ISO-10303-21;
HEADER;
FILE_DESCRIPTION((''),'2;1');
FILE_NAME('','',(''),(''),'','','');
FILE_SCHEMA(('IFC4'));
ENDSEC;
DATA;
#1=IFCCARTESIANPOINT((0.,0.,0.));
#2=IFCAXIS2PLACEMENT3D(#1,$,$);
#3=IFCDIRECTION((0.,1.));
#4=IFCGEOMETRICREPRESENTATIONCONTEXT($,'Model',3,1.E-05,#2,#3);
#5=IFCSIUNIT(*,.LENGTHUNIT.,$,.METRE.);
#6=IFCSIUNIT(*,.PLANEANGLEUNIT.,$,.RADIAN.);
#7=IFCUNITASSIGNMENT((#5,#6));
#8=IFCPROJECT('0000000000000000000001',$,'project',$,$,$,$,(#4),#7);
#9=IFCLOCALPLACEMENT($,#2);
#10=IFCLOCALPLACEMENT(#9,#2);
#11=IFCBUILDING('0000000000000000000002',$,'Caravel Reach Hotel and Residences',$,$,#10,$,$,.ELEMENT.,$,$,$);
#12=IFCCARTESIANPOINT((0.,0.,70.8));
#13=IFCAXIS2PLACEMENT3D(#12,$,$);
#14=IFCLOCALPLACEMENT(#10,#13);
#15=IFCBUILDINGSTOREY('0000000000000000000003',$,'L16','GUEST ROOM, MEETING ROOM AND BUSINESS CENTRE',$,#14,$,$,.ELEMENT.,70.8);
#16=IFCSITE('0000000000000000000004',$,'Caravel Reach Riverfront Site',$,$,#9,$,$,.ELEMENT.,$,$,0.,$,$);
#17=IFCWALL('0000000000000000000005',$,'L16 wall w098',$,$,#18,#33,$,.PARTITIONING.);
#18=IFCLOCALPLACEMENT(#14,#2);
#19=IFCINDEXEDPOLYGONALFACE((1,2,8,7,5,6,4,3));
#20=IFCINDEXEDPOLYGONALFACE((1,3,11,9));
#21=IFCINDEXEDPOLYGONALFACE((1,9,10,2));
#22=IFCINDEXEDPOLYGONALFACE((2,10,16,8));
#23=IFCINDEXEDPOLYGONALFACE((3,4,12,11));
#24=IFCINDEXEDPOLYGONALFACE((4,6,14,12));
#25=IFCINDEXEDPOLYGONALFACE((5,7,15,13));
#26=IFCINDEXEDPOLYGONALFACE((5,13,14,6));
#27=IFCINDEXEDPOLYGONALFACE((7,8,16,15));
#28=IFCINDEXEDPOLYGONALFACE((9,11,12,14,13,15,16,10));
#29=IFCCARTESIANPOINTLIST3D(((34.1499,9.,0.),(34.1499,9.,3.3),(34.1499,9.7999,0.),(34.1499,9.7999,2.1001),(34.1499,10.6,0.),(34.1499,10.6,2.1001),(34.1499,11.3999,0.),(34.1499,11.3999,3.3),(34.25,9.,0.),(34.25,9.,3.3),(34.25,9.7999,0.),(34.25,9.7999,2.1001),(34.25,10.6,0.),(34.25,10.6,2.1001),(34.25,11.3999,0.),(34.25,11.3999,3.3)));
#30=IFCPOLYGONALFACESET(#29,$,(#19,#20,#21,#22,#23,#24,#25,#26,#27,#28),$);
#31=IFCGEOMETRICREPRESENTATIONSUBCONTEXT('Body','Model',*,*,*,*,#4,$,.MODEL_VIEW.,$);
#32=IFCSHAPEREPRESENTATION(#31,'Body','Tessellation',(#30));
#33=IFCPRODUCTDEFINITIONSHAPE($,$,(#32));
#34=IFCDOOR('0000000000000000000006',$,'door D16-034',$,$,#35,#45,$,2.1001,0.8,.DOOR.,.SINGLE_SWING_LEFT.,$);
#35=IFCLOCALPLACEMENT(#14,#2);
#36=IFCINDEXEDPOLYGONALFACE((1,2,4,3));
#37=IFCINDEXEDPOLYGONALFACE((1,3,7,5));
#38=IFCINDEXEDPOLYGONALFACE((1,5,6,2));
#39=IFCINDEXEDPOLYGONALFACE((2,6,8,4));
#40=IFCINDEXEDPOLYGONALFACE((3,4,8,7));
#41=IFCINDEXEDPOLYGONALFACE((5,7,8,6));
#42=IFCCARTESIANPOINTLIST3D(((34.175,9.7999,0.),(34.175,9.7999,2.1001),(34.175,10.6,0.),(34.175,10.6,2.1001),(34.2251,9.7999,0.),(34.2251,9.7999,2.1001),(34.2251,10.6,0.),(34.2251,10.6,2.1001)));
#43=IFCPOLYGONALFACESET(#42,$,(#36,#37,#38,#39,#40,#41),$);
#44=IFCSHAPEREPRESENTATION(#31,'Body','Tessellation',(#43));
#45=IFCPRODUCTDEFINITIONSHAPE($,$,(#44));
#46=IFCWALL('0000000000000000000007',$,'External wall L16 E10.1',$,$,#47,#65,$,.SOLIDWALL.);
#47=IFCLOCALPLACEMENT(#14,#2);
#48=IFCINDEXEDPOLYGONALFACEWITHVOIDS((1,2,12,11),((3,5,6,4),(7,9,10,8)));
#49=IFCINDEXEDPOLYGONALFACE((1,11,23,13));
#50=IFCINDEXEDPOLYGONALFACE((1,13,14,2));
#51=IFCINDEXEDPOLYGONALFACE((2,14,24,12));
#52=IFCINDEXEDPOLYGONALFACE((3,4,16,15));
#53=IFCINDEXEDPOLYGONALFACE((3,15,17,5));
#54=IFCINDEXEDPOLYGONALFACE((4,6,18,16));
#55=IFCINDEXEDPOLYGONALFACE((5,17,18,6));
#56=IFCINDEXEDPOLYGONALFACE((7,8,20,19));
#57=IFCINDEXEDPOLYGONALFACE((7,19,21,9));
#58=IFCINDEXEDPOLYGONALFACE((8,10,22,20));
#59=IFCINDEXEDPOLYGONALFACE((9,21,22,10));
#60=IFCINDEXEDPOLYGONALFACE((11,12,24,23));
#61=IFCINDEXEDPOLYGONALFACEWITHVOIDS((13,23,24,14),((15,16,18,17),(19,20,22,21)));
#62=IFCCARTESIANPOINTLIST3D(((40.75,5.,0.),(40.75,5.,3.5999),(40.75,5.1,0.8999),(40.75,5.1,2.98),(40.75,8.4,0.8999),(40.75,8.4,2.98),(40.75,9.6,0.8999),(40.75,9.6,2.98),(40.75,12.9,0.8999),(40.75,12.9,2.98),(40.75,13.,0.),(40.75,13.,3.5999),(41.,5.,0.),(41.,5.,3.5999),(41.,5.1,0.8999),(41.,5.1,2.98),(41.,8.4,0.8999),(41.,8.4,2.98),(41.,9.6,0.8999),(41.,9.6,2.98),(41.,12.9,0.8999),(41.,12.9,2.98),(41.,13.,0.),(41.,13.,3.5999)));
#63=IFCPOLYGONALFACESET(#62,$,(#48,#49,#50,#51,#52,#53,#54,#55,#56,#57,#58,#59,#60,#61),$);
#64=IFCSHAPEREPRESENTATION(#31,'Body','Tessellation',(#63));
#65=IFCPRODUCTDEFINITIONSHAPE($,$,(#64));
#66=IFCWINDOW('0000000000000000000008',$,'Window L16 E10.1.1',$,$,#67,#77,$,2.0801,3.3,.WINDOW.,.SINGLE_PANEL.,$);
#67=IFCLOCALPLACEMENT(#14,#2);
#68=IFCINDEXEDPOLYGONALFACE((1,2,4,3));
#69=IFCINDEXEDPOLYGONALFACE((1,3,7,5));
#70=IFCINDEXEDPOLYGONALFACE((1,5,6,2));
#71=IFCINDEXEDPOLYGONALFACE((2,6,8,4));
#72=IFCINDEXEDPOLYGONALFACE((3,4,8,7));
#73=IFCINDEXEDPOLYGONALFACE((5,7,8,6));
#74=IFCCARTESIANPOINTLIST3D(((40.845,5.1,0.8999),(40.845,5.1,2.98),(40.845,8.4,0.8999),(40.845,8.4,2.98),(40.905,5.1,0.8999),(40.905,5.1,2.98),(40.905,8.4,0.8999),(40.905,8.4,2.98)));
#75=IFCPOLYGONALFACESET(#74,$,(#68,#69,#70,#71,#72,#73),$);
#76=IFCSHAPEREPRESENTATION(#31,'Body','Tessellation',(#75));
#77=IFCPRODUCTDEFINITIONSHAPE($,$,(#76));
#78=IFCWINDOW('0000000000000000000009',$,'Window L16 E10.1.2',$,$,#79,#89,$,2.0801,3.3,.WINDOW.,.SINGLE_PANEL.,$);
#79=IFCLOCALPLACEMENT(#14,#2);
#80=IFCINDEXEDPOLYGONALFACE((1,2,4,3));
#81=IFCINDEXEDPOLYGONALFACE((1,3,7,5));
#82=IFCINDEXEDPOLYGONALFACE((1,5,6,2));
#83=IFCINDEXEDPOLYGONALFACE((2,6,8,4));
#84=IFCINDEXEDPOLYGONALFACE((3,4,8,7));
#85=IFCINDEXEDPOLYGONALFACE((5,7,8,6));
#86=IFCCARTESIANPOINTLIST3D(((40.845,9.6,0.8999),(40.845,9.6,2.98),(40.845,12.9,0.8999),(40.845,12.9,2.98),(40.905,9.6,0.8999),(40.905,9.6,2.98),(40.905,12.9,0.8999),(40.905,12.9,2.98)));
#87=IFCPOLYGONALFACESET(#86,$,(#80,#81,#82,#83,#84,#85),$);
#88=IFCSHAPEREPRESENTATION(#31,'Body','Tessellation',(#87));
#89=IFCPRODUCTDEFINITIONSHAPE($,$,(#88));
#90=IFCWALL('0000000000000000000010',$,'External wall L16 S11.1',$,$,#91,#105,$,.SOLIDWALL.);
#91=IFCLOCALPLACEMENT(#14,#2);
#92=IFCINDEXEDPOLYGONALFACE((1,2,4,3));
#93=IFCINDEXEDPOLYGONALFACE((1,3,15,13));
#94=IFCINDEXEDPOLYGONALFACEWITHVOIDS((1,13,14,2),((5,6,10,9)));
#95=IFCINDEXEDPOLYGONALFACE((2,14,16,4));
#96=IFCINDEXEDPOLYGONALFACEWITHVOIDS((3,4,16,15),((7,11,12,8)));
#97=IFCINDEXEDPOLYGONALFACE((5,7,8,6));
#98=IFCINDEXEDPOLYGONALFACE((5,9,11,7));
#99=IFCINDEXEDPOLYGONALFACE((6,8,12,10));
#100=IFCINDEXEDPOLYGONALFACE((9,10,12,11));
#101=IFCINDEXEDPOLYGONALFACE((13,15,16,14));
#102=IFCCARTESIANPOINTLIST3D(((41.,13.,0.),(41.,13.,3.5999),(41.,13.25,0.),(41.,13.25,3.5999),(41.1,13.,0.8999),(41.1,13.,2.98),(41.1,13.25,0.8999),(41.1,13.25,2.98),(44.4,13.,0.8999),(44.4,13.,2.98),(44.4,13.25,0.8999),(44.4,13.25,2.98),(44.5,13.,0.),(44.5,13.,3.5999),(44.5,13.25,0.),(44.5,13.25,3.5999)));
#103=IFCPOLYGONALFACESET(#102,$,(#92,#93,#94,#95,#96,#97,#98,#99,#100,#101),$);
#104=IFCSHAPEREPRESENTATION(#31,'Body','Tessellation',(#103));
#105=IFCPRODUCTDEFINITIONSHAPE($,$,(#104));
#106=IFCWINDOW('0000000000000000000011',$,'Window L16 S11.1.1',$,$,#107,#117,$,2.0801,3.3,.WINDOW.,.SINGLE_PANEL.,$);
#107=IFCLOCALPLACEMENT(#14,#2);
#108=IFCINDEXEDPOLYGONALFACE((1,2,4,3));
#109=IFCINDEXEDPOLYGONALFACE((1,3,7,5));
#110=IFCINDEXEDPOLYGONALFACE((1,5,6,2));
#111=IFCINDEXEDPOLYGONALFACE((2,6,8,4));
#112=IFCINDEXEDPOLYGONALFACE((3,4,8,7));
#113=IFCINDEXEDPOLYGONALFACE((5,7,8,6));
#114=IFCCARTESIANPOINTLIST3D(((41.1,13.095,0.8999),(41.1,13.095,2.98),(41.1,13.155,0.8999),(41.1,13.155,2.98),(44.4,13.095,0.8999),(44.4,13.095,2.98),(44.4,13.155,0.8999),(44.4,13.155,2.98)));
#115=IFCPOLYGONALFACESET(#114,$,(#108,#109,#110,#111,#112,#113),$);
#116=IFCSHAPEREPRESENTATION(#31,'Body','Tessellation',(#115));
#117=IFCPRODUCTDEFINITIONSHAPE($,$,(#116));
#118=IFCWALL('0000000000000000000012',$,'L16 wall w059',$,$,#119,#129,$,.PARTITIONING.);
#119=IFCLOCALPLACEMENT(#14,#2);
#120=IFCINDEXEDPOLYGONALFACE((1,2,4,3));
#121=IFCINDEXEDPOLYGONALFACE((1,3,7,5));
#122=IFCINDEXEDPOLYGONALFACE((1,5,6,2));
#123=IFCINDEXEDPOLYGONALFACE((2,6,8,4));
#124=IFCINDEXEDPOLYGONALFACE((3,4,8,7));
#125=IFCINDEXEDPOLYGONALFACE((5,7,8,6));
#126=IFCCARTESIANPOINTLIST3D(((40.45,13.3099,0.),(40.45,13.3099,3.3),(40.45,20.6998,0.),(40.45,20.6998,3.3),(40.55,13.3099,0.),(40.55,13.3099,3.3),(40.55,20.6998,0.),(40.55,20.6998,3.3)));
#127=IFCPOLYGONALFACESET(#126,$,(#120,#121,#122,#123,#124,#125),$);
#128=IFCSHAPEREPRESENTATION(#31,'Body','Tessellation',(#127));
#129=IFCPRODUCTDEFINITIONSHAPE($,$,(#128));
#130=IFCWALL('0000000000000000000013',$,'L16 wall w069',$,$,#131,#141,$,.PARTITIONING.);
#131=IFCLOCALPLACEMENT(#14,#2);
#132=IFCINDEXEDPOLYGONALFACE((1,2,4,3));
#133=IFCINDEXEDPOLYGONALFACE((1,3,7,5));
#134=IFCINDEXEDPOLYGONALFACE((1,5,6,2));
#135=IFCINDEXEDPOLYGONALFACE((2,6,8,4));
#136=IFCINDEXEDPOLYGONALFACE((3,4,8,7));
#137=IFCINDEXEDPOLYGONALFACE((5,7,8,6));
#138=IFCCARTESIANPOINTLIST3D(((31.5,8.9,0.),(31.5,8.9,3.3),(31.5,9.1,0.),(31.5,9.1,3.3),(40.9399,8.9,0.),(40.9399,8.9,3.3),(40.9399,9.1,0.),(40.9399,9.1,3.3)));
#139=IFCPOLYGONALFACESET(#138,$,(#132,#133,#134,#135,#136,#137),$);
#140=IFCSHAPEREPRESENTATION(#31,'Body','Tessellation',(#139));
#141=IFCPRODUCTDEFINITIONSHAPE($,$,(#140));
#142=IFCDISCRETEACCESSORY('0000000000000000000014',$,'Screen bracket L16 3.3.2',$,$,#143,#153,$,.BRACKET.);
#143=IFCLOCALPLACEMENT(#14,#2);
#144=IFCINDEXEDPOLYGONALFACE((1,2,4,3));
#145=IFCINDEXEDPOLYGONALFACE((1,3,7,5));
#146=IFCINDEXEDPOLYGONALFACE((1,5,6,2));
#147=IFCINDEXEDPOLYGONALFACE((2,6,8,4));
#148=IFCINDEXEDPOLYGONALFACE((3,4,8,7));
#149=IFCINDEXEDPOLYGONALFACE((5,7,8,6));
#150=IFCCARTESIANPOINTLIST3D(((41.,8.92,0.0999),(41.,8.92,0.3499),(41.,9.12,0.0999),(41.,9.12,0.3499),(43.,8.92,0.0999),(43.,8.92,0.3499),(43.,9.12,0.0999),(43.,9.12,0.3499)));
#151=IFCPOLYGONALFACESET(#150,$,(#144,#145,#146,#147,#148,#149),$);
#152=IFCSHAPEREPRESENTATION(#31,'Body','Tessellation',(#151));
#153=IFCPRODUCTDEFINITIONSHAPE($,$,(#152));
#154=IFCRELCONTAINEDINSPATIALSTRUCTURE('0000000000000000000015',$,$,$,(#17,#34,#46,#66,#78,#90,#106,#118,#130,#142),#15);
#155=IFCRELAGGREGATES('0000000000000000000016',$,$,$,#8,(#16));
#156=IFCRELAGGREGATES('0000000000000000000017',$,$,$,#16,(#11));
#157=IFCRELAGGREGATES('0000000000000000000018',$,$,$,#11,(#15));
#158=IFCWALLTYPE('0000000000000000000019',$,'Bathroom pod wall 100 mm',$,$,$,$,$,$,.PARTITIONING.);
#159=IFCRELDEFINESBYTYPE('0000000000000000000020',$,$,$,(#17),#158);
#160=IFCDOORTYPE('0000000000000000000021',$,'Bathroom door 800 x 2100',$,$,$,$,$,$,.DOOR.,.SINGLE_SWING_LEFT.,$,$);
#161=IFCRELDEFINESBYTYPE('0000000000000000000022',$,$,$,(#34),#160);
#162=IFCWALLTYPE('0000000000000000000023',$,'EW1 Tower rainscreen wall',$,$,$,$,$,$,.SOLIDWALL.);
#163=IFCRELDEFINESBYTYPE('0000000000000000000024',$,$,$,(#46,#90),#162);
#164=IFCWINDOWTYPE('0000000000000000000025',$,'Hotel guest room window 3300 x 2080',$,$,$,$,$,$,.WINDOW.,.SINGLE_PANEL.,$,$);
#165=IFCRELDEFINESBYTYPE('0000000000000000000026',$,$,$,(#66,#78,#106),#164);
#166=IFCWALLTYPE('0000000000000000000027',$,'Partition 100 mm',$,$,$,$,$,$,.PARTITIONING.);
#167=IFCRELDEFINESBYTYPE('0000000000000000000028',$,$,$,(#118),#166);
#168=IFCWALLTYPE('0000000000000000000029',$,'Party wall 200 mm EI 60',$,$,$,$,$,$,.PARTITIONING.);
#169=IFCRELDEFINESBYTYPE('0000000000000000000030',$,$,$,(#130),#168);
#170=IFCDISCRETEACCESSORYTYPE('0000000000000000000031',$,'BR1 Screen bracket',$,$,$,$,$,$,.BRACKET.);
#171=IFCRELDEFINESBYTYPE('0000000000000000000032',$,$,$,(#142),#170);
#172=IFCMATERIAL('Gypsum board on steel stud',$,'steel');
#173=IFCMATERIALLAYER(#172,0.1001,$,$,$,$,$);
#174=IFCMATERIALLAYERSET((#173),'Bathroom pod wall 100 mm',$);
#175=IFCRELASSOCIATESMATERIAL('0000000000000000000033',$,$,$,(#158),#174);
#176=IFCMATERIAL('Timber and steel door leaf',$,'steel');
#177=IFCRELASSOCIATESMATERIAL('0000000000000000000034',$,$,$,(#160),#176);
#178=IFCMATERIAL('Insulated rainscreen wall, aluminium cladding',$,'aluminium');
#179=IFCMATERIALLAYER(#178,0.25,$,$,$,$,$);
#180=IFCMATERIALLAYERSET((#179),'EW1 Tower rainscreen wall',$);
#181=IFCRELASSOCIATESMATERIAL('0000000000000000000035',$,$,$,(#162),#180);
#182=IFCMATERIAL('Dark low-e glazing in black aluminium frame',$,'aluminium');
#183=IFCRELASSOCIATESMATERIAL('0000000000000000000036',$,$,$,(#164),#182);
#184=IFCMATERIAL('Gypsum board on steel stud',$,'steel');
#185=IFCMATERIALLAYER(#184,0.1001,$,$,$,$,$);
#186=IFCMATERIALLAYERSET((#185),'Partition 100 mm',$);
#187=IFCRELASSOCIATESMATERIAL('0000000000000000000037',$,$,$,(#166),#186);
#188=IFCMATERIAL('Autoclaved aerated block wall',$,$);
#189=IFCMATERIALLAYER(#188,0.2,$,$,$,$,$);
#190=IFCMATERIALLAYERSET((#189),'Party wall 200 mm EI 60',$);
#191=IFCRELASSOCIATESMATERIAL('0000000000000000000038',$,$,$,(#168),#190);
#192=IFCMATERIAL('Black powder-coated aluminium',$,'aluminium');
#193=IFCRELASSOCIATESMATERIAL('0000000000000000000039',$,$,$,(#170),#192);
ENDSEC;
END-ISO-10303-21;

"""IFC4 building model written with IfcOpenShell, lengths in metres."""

from ifc_helpers import new_model, si_unit, direction, frame, frame_2d, origin, origin_2d, place, context, subcontext, project, spatial, rectangle, extrude, material, layer, layer_set, type_object, element, fill, save


model = new_model("IFC4")

# Units and contexts
model_context = context("Model", 3, precision=1e-05, world=origin(), true_north=direction((0.0, 1.0)))
body_context = subcontext(model_context, "Body", "Model", "MODEL_VIEW")
ifc_project = project(units=[si_unit("LENGTHUNIT", "METRE"), si_unit("PLANEANGLEUNIT", "RADIAN")], contexts=[model_context])

# Site, building, storey
site_placement = place(None, origin())
site = spatial("IfcSite", under=ifc_project, at=site_placement, Name="Caravel Reach Riverfront Site", CompositionType="ELEMENT", RefElevation=0.0)
building_placement = place(site_placement, origin())
building = spatial("IfcBuilding", under=site, at=building_placement, Name="Caravel Reach Hotel and Residences", CompositionType="ELEMENT")
storey_placement = place(building_placement, frame((0.0, 0.0, 70.8)))
storey = spatial("IfcBuildingStorey", under=building, at=storey_placement, Name="L16", Description="GUEST ROOM, MEETING ROOM AND BUSINESS CENTRE", CompositionType="ELEMENT", Elevation=70.8)

# Shared definitions
ifc_material_1 = material(Name="Gypsum board on steel stud", Category="steel")
ifc_layer_1 = layer(ifc_material_1, 0.1001)
ifc_layer_set_1 = layer_set([ifc_layer_1], Name="Bathroom pod wall 100 mm")
wall_type_1 = type_object("IfcWallType", Name="Bathroom pod wall 100 mm", PredefinedType="PARTITIONING", material=ifc_layer_set_1)

# Wall, opening, door
wall_1_placement = place(storey_placement, frame((34.2, 9.0, 0.0), z_axis=(0.0, 0.0, 1.0), x_axis=(0.0, 1.0, 0.0)))
wall_1 = element("IfcWall", 1, at=wall_1_placement, inside=storey, type_object=wall_type_1, Name="L16 wall w098", PredefinedType="PARTITIONING", context=body_context, shape_type="SweptSolid", body=[
    extrude(rectangle(XDim=2.3999, YDim=0.1001, at=frame_2d((1.2, 0.0))), origin(), (0.0, 0.0, 1.0), 3.3),
])
opening_1_placement = place(wall_1_placement, frame((0.8, 0.0, 0.0)))
opening_1 = element("IfcOpeningElement", 2, at=opening_1_placement, cuts=wall_1, PredefinedType="OPENING", context=body_context, shape_type="SweptSolid", body=[
    extrude(rectangle(XDim=0.8, YDim=2.1001, at=frame_2d((0.3999, 1.05))), frame((0.0, 0.0601, 0.0), z_axis=(0.0, -1.0, 0.0), x_axis=(1.0, 0.0, 0.0)), (0.0, 0.0, 1.0), 0.1201),
])
ifc_material_2 = material(Name="Timber and steel door leaf", Category="steel")
door_type = type_object("IfcDoorType", Name="Bathroom door 800 x 2100", OperationType="SINGLE_SWING_LEFT", PredefinedType="DOOR", material=ifc_material_2)
door_placement = place(opening_1_placement, origin())
door = element("IfcDoor", 3, at=door_placement, inside=storey, type_object=door_type, Name="door D16-034", OperationType="SINGLE_SWING_LEFT", OverallHeight=2.1001, OverallWidth=0.8, PredefinedType="DOOR", context=body_context, shape_type="SweptSolid", body=[
    extrude(rectangle(XDim=0.8, YDim=2.1001, at=frame_2d((0.3999, 1.05))), frame((0.0, 0.0249, 0.0), z_axis=(0.0, -1.0, 0.0), x_axis=(1.0, 0.0, 0.0)), (0.0, 0.0, 1.0), 0.05),
])
fill(opening_1, door)

# Wall, openings, windows
ifc_material_3 = material(Name="Insulated rainscreen wall, aluminium cladding", Category="aluminium")
ifc_layer_2 = layer(ifc_material_3, 0.25)
ifc_layer_set_2 = layer_set([ifc_layer_2], Name="EW1 Tower rainscreen wall")
wall_type_2 = type_object("IfcWallType", Name="EW1 Tower rainscreen wall", PredefinedType="SOLIDWALL", material=ifc_layer_set_2)
wall_2_placement = place(storey_placement, frame((40.875, 5.0, 0.0), z_axis=(0.0, 0.0, 1.0), x_axis=(0.0, 1.0, 0.0)))
wall_2 = element("IfcWall", 4, at=wall_2_placement, inside=storey, type_object=wall_type_2, Name="External wall L16 E10.1", PredefinedType="SOLIDWALL", context=body_context, shape_type="SweptSolid", body=[
    extrude(rectangle(XDim=8.0, YDim=0.25, at=frame_2d((4.0, 0.0))), origin(), (0.0, 0.0, 1.0), 3.5999),
])
opening_2_placement = place(wall_2_placement, frame((0.1001, 0.0, 0.8999)))
opening_2 = element("IfcOpeningElement", 5, at=opening_2_placement, cuts=wall_2, PredefinedType="OPENING", context=body_context, shape_type="SweptSolid", body=[
    extrude(rectangle(XDim=3.3, YDim=2.0801, at=frame_2d((1.6499, 1.04))), frame((0.0, 0.135, 0.0), z_axis=(0.0, -1.0, 0.0), x_axis=(1.0, 0.0, 0.0)), (0.0, 0.0, 1.0), 0.27),
])
opening_3_placement = place(wall_2_placement, frame((4.6001, 0.0, 0.8999)))
opening_3 = element("IfcOpeningElement", 6, at=opening_3_placement, cuts=wall_2, PredefinedType="OPENING", context=body_context, shape_type="SweptSolid", body=[
    extrude(rectangle(XDim=3.3, YDim=2.0801, at=frame_2d((1.6499, 1.04))), frame((0.0, 0.135, 0.0), z_axis=(0.0, -1.0, 0.0), x_axis=(1.0, 0.0, 0.0)), (0.0, 0.0, 1.0), 0.27),
])
ifc_material_4 = material(Name="Dark low-e glazing in black aluminium frame", Category="aluminium")
window_type = type_object("IfcWindowType", Name="Hotel guest room window 3300 x 2080", PartitioningType="SINGLE_PANEL", PredefinedType="WINDOW", material=ifc_material_4)
window_1_placement = place(opening_2_placement, origin())
window_1 = element("IfcWindow", 7, at=window_1_placement, inside=storey, type_object=window_type, Name="Window L16 E10.1.1", OverallHeight=2.0801, OverallWidth=3.3, PartitioningType="SINGLE_PANEL", PredefinedType="WINDOW", context=body_context, shape_type="SweptSolid", body=[
    extrude(rectangle(XDim=3.3, YDim=2.0801, at=frame_2d((1.6499, 1.04))), frame((0.0, 0.03, 0.0), z_axis=(0.0, -1.0, 0.0), x_axis=(1.0, 0.0, 0.0)), (0.0, 0.0, 1.0), 0.0601),
])
fill(opening_2, window_1)
window_2_placement = place(opening_3_placement, origin())
window_2 = element("IfcWindow", 8, at=window_2_placement, inside=storey, type_object=window_type, Name="Window L16 E10.1.2", OverallHeight=2.0801, OverallWidth=3.3, PartitioningType="SINGLE_PANEL", PredefinedType="WINDOW", context=body_context, shape_type="SweptSolid", body=[
    extrude(rectangle(XDim=3.3, YDim=2.0801, at=frame_2d((1.6499, 1.04))), frame((0.0, 0.03, 0.0), z_axis=(0.0, -1.0, 0.0), x_axis=(1.0, 0.0, 0.0)), (0.0, 0.0, 1.0), 0.0601),
])
fill(opening_3, window_2)

# Wall, opening, window
wall_3_placement = place(storey_placement, frame((41.0, 13.125, 0.0), z_axis=(0.0, 0.0, 1.0), x_axis=(1.0, 0.0, 0.0)))
wall_3 = element("IfcWall", 9, at=wall_3_placement, inside=storey, type_object=wall_type_2, Name="External wall L16 S11.1", PredefinedType="SOLIDWALL", context=body_context, shape_type="SweptSolid", body=[
    extrude(rectangle(XDim=3.5, YDim=0.25, at=frame_2d((1.75, 0.0))), origin(), (0.0, 0.0, 1.0), 3.5999),
])
opening_4_placement = place(wall_3_placement, frame((0.1001, 0.0, 0.8999)))
opening_4 = element("IfcOpeningElement", 10, at=opening_4_placement, cuts=wall_3, PredefinedType="OPENING", context=body_context, shape_type="SweptSolid", body=[
    extrude(rectangle(XDim=3.3, YDim=2.0801, at=frame_2d((1.6499, 1.04))), frame((0.0, 0.135, 0.0), z_axis=(0.0, -1.0, 0.0), x_axis=(1.0, 0.0, 0.0)), (0.0, 0.0, 1.0), 0.27),
])
window_3_placement = place(opening_4_placement, origin())
window_3 = element("IfcWindow", 11, at=window_3_placement, inside=storey, type_object=window_type, Name="Window L16 S11.1.1", OverallHeight=2.0801, OverallWidth=3.3, PartitioningType="SINGLE_PANEL", PredefinedType="WINDOW", context=body_context, shape_type="SweptSolid", body=[
    extrude(rectangle(XDim=3.3, YDim=2.0801, at=frame_2d((1.6499, 1.04))), frame((0.0, 0.03, 0.0), z_axis=(0.0, -1.0, 0.0), x_axis=(1.0, 0.0, 0.0)), (0.0, 0.0, 1.0), 0.0601),
])
fill(opening_4, window_3)

# Walls
ifc_material_5 = material(Name="Gypsum board on steel stud", Category="steel")
ifc_layer_3 = layer(ifc_material_5, 0.1001)
ifc_layer_set_3 = layer_set([ifc_layer_3], Name="Partition 100 mm")
wall_type_3 = type_object("IfcWallType", Name="Partition 100 mm", PredefinedType="PARTITIONING", material=ifc_layer_set_3)
wall_4_placement = place(storey_placement, frame((40.5, 13.3101, 0.0), z_axis=(0.0, 0.0, 1.0), x_axis=(0.0, 1.0, 0.0)))
element("IfcWall", 12, at=wall_4_placement, inside=storey, type_object=wall_type_3, Name="L16 wall w059", PredefinedType="PARTITIONING", context=body_context, shape_type="SweptSolid", body=[
    extrude(rectangle(XDim=7.3899, YDim=0.1001, at=frame_2d((3.6948, 0.0))), origin(), (0.0, 0.0, 1.0), 3.3),
])
ifc_material_6 = material(Name="Autoclaved aerated block wall")
ifc_layer_4 = layer(ifc_material_6, 0.2)
ifc_layer_set_4 = layer_set([ifc_layer_4], Name="Party wall 200 mm EI 60")
wall_type_4 = type_object("IfcWallType", Name="Party wall 200 mm EI 60", PredefinedType="PARTITIONING", material=ifc_layer_set_4)
wall_5_placement = place(storey_placement, frame((31.5, 9.0, 0.0), z_axis=(0.0, 0.0, 1.0), x_axis=(1.0, 0.0, 0.0)))
element("IfcWall", 13, at=wall_5_placement, inside=storey, type_object=wall_type_4, Name="L16 wall w069", PredefinedType="PARTITIONING", context=body_context, shape_type="SweptSolid", body=[
    extrude(rectangle(XDim=9.4399, YDim=0.2, at=frame_2d((4.72, 0.0))), origin(), (0.0, 0.0, 1.0), 3.3),
])

# Discrete accessory
ifc_material_7 = material(Name="Black powder-coated aluminium", Category="aluminium")
discrete_accessory_type = type_object("IfcDiscreteAccessoryType", Name="BR1 Screen bracket", PredefinedType="BRACKET", material=ifc_material_7)
discrete_accessory_placement = place(storey_placement, frame((42.0, 9.02, 0.0999), z_axis=(0.0, 0.0, 1.0), x_axis=(1.0, 0.0, 0.0)))
element("IfcDiscreteAccessory", 14, at=discrete_accessory_placement, inside=storey, type_object=discrete_accessory_type, Name="Screen bracket L16 3.3.2", PredefinedType="BRACKET", context=body_context, shape_type="SweptSolid", body=[
    extrude(rectangle(XDim=2.0, YDim=0.2, at=origin_2d()), origin(), (0.0, 0.0, 1.0), 0.25),
])

save(model, "model.ifc")
